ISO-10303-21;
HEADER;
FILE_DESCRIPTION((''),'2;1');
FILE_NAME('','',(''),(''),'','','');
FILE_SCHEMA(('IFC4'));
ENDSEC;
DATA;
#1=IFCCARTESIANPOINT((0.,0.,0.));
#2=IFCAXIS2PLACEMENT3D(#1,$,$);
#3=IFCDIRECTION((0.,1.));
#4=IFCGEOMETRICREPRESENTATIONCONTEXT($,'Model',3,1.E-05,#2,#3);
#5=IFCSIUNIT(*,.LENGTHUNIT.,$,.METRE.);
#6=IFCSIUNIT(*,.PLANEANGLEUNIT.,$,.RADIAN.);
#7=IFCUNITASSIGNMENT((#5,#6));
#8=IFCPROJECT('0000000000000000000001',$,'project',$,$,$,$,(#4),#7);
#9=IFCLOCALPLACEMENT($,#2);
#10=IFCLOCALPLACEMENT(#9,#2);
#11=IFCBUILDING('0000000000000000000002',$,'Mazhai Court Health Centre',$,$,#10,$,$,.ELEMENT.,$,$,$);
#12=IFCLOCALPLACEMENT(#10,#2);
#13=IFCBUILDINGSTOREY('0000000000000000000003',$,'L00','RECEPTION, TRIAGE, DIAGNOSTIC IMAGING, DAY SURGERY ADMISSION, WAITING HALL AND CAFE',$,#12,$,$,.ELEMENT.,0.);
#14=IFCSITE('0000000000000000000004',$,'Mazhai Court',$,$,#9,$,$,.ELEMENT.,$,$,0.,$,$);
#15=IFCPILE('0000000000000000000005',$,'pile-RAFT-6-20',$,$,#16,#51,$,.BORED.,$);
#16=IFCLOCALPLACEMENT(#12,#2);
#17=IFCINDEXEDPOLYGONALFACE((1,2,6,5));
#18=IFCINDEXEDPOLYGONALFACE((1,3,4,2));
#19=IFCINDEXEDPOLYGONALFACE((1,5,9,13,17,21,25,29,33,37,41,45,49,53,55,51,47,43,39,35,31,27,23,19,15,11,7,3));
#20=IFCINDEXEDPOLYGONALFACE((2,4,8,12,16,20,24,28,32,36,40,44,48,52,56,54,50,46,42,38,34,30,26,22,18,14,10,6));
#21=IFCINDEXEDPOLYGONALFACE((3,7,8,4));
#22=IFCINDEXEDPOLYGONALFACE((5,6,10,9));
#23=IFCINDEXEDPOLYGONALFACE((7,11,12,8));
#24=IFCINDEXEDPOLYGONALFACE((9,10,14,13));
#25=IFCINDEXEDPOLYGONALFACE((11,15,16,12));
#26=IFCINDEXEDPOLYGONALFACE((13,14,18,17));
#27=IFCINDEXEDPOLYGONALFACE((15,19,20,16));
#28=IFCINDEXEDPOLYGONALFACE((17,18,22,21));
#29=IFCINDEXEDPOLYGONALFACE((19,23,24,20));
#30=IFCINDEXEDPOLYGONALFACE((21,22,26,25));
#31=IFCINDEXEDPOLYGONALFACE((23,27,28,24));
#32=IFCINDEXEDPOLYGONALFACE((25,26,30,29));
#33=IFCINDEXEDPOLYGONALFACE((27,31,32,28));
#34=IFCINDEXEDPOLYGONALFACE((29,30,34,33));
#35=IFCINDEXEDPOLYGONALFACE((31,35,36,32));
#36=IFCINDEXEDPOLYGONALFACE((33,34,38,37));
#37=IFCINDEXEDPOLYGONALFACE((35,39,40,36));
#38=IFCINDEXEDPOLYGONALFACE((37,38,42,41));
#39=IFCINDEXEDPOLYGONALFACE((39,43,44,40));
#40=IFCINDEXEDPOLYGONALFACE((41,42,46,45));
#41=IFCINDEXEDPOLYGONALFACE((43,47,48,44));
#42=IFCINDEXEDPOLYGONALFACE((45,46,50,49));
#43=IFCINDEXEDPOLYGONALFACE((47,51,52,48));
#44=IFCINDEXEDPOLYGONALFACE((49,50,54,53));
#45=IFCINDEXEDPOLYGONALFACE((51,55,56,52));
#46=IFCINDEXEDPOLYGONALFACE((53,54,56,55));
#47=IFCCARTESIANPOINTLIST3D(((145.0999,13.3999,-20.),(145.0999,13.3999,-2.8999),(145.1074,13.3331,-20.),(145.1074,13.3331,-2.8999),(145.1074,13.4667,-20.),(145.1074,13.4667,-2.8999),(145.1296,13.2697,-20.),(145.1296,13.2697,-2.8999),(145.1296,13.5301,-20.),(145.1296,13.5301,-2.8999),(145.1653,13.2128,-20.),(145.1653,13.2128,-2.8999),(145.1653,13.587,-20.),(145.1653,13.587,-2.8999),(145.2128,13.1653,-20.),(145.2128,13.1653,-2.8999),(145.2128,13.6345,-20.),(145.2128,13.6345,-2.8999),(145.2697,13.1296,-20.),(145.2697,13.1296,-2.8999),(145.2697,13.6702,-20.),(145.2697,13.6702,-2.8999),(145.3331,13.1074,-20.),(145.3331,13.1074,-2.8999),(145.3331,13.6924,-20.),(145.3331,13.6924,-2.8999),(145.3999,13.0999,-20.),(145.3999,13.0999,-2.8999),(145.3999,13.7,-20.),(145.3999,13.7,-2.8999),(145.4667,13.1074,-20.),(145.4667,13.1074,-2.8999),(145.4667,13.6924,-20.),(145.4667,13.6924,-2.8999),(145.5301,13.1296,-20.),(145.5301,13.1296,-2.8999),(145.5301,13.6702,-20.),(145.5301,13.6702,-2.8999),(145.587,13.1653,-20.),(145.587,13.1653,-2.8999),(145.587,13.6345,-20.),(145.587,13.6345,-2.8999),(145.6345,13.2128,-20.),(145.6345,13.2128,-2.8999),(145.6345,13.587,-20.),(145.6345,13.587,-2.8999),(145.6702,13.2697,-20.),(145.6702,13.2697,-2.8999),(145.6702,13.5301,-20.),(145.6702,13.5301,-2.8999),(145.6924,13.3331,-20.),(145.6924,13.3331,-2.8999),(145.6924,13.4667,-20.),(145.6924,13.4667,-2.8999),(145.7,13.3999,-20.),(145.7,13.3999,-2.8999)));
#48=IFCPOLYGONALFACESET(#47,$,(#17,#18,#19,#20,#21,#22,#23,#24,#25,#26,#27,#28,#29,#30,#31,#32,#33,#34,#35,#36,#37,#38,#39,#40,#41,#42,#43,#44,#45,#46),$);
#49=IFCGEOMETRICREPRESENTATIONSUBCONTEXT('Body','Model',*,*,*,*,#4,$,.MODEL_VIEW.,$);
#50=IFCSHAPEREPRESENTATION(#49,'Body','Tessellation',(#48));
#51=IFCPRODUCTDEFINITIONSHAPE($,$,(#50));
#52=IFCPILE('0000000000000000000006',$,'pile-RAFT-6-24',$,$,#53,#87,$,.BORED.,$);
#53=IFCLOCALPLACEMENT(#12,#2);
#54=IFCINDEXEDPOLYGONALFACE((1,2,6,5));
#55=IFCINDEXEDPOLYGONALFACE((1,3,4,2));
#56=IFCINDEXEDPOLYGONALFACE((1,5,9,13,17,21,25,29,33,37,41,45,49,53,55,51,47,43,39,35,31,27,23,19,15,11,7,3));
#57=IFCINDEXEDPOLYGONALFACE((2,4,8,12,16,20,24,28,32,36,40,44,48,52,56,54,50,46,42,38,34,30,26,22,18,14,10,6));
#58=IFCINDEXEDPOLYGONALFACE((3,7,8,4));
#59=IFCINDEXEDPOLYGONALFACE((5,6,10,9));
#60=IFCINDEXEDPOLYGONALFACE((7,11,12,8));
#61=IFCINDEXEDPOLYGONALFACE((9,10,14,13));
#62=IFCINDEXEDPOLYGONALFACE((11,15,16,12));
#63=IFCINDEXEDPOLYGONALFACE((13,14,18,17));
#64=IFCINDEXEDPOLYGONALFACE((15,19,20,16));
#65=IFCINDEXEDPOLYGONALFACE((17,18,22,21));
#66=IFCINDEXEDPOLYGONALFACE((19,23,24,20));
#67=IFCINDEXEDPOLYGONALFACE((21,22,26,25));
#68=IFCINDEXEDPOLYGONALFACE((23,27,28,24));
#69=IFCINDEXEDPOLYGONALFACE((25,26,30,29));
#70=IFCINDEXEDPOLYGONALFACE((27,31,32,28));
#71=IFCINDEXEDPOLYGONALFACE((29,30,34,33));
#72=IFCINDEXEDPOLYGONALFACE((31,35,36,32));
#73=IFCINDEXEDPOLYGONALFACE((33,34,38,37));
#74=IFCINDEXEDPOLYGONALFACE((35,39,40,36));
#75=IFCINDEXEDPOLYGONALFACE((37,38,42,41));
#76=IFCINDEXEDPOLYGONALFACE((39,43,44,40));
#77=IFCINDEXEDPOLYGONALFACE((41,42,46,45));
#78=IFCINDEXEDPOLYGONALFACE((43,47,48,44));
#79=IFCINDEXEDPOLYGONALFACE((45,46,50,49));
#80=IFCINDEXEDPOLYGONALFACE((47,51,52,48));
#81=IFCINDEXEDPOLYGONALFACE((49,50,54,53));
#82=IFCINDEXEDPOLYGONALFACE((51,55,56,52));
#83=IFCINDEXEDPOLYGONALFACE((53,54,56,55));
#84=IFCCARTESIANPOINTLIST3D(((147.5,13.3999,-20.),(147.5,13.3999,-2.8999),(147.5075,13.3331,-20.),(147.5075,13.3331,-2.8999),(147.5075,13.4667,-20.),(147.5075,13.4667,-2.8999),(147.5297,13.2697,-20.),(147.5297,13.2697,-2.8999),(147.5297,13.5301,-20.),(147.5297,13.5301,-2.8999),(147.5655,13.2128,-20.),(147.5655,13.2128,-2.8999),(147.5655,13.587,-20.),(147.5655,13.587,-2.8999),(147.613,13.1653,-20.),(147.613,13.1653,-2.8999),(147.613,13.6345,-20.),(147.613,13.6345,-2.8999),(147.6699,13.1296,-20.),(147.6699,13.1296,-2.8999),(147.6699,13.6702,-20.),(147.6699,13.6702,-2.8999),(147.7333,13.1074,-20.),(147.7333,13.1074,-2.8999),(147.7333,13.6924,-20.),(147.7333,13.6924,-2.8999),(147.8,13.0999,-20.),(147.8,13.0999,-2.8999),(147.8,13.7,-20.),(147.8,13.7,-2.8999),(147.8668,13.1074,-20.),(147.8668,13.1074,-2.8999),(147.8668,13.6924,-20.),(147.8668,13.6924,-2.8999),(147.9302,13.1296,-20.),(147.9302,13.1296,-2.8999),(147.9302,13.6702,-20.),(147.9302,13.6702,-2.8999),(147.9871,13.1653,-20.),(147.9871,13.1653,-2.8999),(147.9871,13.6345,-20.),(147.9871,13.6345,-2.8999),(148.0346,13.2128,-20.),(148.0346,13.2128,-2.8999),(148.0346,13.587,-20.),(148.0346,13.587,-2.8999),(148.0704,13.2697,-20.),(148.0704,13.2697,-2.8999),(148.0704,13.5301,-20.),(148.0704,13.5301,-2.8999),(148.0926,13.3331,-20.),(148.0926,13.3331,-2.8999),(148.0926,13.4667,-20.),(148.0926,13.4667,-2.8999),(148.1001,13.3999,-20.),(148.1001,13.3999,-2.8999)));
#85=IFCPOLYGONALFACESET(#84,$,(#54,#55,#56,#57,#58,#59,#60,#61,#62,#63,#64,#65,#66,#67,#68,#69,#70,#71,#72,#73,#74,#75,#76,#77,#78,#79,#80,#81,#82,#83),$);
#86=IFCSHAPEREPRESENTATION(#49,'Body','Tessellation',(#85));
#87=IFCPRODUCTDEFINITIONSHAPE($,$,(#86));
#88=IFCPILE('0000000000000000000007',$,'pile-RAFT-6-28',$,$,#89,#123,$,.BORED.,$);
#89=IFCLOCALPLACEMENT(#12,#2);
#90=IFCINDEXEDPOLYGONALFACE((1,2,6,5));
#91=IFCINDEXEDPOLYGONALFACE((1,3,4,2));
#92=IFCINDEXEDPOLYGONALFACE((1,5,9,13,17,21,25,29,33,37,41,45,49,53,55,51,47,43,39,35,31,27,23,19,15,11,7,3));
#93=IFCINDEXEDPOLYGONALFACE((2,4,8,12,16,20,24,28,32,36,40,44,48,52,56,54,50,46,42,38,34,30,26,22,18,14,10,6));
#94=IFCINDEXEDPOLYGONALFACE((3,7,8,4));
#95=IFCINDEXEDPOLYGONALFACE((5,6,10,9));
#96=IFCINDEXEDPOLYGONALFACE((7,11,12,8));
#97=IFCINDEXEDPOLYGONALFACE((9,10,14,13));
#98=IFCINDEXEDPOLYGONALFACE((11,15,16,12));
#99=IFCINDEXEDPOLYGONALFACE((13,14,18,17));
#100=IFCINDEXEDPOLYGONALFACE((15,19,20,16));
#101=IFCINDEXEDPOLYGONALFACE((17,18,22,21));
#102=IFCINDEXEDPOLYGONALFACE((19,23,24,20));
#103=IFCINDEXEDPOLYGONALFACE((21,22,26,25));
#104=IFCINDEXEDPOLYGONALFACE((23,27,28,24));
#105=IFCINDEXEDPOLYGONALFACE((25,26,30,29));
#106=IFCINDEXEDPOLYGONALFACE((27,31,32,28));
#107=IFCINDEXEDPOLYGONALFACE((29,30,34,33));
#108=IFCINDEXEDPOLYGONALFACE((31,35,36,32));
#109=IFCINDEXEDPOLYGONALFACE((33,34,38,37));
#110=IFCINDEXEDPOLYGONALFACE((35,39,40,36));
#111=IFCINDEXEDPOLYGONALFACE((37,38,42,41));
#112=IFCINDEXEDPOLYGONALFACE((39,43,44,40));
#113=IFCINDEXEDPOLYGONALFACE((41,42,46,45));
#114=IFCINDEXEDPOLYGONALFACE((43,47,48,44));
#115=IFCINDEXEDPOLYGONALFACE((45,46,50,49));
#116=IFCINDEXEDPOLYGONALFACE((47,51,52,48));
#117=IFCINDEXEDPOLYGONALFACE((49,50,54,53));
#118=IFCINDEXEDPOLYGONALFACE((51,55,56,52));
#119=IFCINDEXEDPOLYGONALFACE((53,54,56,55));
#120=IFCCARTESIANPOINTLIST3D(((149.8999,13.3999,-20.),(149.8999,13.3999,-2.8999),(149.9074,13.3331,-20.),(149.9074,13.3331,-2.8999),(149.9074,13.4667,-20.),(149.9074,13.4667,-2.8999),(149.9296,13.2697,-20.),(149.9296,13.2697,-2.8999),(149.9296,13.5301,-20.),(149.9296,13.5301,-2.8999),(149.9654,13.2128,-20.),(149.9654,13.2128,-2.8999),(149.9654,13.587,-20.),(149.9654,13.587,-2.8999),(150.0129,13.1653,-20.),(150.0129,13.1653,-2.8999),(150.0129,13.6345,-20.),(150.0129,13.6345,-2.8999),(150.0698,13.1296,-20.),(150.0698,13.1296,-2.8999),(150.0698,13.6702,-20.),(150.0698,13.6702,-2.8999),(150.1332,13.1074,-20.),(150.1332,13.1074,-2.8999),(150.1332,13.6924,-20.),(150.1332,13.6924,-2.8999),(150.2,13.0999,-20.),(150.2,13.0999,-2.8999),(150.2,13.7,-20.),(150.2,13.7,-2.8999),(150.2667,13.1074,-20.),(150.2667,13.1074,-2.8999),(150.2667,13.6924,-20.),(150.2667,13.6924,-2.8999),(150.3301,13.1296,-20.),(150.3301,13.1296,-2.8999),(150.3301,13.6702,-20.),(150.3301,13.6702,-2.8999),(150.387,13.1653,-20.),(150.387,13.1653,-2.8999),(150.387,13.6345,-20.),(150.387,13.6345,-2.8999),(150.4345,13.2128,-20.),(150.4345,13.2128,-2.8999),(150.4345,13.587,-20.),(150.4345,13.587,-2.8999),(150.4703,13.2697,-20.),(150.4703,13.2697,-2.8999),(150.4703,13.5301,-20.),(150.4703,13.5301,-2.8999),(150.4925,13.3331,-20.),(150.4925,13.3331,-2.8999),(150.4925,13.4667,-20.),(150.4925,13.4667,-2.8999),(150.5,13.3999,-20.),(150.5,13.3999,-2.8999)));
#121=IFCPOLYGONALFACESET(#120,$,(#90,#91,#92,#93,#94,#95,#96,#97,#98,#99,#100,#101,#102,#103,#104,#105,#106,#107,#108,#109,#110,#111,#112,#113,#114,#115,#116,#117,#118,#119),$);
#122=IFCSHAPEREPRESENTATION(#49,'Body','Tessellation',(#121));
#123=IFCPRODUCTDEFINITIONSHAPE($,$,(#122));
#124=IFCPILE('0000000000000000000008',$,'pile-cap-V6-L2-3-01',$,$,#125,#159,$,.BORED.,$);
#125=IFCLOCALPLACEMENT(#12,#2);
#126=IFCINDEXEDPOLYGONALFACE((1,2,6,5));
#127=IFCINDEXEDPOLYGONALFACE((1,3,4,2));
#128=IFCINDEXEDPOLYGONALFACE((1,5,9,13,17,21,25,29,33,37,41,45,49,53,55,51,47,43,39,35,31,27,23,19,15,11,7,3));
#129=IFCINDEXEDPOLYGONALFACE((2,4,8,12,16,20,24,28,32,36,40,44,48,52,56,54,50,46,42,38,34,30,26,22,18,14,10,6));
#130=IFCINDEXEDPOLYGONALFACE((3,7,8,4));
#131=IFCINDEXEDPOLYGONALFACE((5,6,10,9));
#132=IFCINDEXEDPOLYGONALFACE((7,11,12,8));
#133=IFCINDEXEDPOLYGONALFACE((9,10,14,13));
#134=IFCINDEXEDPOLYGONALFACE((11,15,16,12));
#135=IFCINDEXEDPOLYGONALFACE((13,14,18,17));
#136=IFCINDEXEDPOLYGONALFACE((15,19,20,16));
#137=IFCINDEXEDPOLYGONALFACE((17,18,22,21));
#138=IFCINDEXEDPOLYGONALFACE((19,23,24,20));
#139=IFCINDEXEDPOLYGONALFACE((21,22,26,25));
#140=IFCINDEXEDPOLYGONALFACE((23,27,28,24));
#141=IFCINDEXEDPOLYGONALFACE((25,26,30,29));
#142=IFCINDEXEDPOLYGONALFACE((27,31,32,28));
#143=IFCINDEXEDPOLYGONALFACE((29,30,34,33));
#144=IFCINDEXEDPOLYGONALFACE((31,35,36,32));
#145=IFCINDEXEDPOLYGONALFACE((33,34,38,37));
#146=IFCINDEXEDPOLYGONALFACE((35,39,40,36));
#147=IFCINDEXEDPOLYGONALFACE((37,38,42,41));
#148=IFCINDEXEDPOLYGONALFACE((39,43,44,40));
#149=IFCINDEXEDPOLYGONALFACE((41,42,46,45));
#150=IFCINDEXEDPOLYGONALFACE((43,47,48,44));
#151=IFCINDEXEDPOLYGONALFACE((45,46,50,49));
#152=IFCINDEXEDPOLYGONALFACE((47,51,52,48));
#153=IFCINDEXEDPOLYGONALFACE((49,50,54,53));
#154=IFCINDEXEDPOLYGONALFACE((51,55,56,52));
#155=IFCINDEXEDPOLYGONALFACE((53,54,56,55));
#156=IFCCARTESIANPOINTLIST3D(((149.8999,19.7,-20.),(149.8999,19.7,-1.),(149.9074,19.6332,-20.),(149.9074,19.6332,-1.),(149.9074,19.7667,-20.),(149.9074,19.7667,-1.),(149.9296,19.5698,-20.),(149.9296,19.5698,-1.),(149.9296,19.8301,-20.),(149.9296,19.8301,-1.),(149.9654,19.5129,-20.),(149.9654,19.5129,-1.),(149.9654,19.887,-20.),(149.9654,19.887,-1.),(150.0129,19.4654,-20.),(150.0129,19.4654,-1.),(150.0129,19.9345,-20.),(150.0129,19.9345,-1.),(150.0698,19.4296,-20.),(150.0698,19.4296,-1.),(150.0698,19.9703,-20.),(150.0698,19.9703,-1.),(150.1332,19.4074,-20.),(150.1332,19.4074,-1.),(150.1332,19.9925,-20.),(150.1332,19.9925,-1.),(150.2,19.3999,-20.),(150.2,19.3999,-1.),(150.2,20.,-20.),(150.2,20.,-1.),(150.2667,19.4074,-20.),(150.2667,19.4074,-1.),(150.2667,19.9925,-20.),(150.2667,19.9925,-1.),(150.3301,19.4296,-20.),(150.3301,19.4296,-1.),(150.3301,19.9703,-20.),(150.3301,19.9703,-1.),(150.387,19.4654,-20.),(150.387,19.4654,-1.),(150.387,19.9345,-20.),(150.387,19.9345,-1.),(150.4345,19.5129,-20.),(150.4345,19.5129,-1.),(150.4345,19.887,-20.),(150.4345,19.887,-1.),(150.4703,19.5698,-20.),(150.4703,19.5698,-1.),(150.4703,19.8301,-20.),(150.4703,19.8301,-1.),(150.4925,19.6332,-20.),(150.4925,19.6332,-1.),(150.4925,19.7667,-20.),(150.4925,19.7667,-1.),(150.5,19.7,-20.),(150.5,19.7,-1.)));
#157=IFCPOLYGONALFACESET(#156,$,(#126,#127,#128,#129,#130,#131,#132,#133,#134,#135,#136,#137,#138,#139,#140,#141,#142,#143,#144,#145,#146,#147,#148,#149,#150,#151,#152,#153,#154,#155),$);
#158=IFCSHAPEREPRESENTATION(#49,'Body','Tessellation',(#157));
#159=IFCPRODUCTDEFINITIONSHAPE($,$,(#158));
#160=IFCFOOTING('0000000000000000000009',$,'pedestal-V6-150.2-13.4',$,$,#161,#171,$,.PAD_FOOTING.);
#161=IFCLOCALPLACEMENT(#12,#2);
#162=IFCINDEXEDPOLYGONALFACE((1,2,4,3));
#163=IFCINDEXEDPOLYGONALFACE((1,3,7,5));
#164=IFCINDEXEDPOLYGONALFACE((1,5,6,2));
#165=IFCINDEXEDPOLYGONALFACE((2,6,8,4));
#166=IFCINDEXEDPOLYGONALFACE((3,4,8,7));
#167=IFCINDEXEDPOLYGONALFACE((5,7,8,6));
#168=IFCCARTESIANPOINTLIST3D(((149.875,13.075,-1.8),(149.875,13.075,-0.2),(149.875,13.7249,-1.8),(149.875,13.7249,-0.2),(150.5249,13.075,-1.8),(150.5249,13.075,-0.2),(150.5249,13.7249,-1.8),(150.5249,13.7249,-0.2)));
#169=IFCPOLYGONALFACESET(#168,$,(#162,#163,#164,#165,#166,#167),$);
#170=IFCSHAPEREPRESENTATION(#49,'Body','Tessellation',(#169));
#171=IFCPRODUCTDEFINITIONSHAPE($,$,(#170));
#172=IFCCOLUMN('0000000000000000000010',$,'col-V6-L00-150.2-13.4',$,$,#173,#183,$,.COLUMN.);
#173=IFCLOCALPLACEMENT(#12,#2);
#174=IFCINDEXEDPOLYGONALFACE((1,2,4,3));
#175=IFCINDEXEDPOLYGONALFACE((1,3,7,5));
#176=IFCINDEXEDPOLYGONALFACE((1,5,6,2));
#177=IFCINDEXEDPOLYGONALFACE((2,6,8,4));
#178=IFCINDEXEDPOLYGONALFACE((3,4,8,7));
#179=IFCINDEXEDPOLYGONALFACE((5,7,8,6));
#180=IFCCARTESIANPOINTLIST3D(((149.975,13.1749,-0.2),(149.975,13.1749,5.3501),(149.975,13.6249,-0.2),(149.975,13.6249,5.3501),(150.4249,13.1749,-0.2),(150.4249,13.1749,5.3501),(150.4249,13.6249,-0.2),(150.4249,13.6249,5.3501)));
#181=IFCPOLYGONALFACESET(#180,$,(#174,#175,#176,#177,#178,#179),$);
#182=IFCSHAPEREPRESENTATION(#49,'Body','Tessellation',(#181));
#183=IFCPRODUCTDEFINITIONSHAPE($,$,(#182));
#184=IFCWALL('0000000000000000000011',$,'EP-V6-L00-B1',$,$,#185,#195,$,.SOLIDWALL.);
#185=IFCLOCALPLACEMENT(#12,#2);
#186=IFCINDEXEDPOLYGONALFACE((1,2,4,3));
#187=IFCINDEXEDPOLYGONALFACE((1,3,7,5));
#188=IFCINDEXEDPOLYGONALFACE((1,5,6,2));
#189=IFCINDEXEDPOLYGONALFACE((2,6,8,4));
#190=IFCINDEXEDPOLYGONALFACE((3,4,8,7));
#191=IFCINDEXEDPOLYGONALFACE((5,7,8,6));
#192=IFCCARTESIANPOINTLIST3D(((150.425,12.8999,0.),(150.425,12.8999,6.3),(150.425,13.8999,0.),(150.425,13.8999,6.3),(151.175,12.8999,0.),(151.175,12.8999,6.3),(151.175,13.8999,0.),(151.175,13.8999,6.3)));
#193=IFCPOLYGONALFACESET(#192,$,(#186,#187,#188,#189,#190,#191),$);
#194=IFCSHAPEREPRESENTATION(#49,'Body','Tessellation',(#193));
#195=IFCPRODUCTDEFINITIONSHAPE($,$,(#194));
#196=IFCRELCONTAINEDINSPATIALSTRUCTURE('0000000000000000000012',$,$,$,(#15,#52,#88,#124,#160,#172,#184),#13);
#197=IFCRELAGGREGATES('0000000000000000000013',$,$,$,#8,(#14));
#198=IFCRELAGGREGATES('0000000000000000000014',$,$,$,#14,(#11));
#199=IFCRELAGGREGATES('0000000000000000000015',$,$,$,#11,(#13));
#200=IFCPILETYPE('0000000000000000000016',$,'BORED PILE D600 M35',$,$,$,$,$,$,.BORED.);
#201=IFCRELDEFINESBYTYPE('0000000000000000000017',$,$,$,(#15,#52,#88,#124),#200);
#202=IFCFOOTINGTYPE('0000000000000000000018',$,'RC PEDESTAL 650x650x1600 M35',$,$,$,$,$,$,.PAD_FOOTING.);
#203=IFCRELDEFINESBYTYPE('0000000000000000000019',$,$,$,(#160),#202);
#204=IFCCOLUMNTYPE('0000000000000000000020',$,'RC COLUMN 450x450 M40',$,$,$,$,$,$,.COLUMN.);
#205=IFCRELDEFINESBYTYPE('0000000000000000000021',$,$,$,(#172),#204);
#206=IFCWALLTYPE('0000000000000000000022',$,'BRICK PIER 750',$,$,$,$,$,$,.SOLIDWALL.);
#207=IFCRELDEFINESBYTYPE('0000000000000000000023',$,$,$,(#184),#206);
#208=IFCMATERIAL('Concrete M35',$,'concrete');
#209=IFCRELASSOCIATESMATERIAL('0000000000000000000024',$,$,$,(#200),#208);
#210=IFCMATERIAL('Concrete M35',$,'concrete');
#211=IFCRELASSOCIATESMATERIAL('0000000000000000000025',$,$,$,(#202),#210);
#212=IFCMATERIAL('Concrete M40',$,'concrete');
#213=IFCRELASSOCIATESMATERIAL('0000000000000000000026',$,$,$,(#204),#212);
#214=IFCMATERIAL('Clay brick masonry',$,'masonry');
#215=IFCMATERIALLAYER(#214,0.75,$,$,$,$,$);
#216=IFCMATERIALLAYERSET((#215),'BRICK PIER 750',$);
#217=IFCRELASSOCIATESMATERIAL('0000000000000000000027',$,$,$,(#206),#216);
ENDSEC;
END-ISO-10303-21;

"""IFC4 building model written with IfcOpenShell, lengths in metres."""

from ifc_helpers import new_model, si_unit, direction, frame, frame_2d, origin, origin_2d, place, context, subcontext, project, spatial, rectangle, circle, extrude, material, layer, layer_set, material_profile, profile_set, type_object, element, save


model = new_model("IFC4")

# Units and contexts
model_context = context("Model", 3, precision=1e-05, world=origin(), true_north=direction((0.0, 1.0)))
body_context = subcontext(model_context, "Body", "Model", "MODEL_VIEW")
ifc_project = project(units=[si_unit("LENGTHUNIT", "METRE"), si_unit("PLANEANGLEUNIT", "RADIAN")], contexts=[model_context])

# Site, building, storey
site_placement = place(None, origin())
site = spatial("IfcSite", under=ifc_project, at=site_placement, Name="Mazhai Court", CompositionType="ELEMENT", RefElevation=0.0)
building_placement = place(site_placement, origin())
building = spatial("IfcBuilding", under=site, at=building_placement, Name="Mazhai Court Health Centre", CompositionType="ELEMENT")
storey_placement = place(building_placement, origin())
storey = spatial("IfcBuildingStorey", under=building, at=storey_placement, Name="L00", Description="RECEPTION, TRIAGE, DIAGNOSTIC IMAGING, DAY SURGERY ADMISSION, WAITING HALL AND CAFE", CompositionType="ELEMENT", Elevation=0.0)

# Piles
ifc_material_1 = material(Name="Concrete M35", Category="concrete")
ifc_material_profile_1 = material_profile(ifc_material_1, circle(Radius=0.3, at=origin_2d()), Name="RC PILE D600")
ifc_profile_set_1 = profile_set([ifc_material_profile_1], Name="Concrete M35")
pile_type = type_object("IfcPileType", Name="BORED PILE D600 M35", PredefinedType="BORED", material=ifc_profile_set_1)
for number, where, z_axis, x_axis, name in (
    (1, (145.3999, 13.3999, -2.8999), (0.0, 0.0, -1.0), (1.0, 0.0, 0.0), "pile-RAFT-6-20"),
    (2, (147.8, 13.3999, -2.8999), (0.0, 0.0, -1.0), (1.0, 0.0, 0.0), "pile-RAFT-6-24"),
    (3, (150.2, 13.3999, -2.8999), (0.0, 0.0, -1.0), (1.0, 0.0, 0.0), "pile-RAFT-6-28"),
):
    element("IfcPile", number, at=place(storey_placement, frame(where, z_axis=z_axis, x_axis=x_axis)), inside=storey, type_object=pile_type, Name=name, PredefinedType="BORED", context=body_context, shape_type="SweptSolid", body=[
        extrude(circle(Radius=0.3, at=origin_2d()), origin(), (0.0, 0.0, 1.0), 17.1001),
    ])
pile_placement = place(storey_placement, frame((150.2, 19.7, -1.0), z_axis=(0.0, 0.0, -1.0), x_axis=(1.0, 0.0, 0.0)))
element("IfcPile", 4, at=pile_placement, inside=storey, type_object=pile_type, Name="pile-cap-V6-L2-3-01", PredefinedType="BORED", context=body_context, shape_type="SweptSolid", body=[
    extrude(circle(Radius=0.3, at=origin_2d()), origin(), (0.0, 0.0, 1.0), 19.0),
])

# Footing
ifc_material_2 = material(Name="Concrete M35", Category="concrete")
footing_type = type_object("IfcFootingType", Name="RC PEDESTAL 650x650x1600 M35", PredefinedType="PAD_FOOTING", material=ifc_material_2)
footing_placement = place(storey_placement, frame((150.2, 13.3999, -1.8), z_axis=(0.0, 0.0, 1.0), x_axis=(1.0, 0.0, 0.0)))
element("IfcFooting", 5, at=footing_placement, inside=storey, type_object=footing_type, Name="pedestal-V6-150.2-13.4", PredefinedType="PAD_FOOTING", context=body_context, shape_type="SweptSolid", body=[
    extrude(rectangle(XDim=0.6499, YDim=0.6499, at=origin_2d()), origin(), (0.0, 0.0, 1.0), 1.6001),
])

# Column
ifc_material_3 = material(Name="Concrete M40", Category="concrete")
ifc_material_profile_2 = material_profile(ifc_material_3, rectangle(XDim=0.45, YDim=0.45, at=origin_2d()), Name="RC 450x450")
ifc_profile_set_2 = profile_set([ifc_material_profile_2], Name="Concrete M40")
column_type = type_object("IfcColumnType", Name="RC COLUMN 450x450 M40", PredefinedType="COLUMN", material=ifc_profile_set_2)
column_placement = place(storey_placement, frame((150.2, 13.3999, -0.2), z_axis=(0.0, 0.0, 1.0), x_axis=(1.0, 0.0, 0.0)))
element("IfcColumn", 6, at=column_placement, inside=storey, type_object=column_type, Name="col-V6-L00-150.2-13.4", PredefinedType="COLUMN", context=body_context, shape_type="SweptSolid", body=[
    extrude(rectangle(XDim=0.45, YDim=0.45, at=origin_2d()), origin(), (0.0, 0.0, 1.0), 5.55),
])

# Wall
ifc_material_4 = material(Name="Clay brick masonry", Category="masonry")
ifc_layer_1 = layer(ifc_material_4, 0.75)
ifc_layer_set_1 = layer_set([ifc_layer_1], Name="BRICK PIER 750")
wall_type_1 = type_object("IfcWallType", Name="BRICK PIER 750", PredefinedType="SOLIDWALL", material=ifc_layer_set_1)
wall_1_placement = place(storey_placement, frame((150.8, 13.8999, 0.0), z_axis=(0.0, 0.0, 1.0), x_axis=(0.0, -1.0, 0.0)))
element("IfcWall", 7, at=wall_1_placement, inside=storey, type_object=wall_type_1, Name="EP-V6-L00-B1", PredefinedType="SOLIDWALL", context=body_context, shape_type="SweptSolid", body=[
    extrude(rectangle(XDim=1.0, YDim=0.75, at=frame_2d((0.5, 0.0))), origin(), (0.0, 0.0, 1.0), 6.3),
])

save(model, "model.ifc")
